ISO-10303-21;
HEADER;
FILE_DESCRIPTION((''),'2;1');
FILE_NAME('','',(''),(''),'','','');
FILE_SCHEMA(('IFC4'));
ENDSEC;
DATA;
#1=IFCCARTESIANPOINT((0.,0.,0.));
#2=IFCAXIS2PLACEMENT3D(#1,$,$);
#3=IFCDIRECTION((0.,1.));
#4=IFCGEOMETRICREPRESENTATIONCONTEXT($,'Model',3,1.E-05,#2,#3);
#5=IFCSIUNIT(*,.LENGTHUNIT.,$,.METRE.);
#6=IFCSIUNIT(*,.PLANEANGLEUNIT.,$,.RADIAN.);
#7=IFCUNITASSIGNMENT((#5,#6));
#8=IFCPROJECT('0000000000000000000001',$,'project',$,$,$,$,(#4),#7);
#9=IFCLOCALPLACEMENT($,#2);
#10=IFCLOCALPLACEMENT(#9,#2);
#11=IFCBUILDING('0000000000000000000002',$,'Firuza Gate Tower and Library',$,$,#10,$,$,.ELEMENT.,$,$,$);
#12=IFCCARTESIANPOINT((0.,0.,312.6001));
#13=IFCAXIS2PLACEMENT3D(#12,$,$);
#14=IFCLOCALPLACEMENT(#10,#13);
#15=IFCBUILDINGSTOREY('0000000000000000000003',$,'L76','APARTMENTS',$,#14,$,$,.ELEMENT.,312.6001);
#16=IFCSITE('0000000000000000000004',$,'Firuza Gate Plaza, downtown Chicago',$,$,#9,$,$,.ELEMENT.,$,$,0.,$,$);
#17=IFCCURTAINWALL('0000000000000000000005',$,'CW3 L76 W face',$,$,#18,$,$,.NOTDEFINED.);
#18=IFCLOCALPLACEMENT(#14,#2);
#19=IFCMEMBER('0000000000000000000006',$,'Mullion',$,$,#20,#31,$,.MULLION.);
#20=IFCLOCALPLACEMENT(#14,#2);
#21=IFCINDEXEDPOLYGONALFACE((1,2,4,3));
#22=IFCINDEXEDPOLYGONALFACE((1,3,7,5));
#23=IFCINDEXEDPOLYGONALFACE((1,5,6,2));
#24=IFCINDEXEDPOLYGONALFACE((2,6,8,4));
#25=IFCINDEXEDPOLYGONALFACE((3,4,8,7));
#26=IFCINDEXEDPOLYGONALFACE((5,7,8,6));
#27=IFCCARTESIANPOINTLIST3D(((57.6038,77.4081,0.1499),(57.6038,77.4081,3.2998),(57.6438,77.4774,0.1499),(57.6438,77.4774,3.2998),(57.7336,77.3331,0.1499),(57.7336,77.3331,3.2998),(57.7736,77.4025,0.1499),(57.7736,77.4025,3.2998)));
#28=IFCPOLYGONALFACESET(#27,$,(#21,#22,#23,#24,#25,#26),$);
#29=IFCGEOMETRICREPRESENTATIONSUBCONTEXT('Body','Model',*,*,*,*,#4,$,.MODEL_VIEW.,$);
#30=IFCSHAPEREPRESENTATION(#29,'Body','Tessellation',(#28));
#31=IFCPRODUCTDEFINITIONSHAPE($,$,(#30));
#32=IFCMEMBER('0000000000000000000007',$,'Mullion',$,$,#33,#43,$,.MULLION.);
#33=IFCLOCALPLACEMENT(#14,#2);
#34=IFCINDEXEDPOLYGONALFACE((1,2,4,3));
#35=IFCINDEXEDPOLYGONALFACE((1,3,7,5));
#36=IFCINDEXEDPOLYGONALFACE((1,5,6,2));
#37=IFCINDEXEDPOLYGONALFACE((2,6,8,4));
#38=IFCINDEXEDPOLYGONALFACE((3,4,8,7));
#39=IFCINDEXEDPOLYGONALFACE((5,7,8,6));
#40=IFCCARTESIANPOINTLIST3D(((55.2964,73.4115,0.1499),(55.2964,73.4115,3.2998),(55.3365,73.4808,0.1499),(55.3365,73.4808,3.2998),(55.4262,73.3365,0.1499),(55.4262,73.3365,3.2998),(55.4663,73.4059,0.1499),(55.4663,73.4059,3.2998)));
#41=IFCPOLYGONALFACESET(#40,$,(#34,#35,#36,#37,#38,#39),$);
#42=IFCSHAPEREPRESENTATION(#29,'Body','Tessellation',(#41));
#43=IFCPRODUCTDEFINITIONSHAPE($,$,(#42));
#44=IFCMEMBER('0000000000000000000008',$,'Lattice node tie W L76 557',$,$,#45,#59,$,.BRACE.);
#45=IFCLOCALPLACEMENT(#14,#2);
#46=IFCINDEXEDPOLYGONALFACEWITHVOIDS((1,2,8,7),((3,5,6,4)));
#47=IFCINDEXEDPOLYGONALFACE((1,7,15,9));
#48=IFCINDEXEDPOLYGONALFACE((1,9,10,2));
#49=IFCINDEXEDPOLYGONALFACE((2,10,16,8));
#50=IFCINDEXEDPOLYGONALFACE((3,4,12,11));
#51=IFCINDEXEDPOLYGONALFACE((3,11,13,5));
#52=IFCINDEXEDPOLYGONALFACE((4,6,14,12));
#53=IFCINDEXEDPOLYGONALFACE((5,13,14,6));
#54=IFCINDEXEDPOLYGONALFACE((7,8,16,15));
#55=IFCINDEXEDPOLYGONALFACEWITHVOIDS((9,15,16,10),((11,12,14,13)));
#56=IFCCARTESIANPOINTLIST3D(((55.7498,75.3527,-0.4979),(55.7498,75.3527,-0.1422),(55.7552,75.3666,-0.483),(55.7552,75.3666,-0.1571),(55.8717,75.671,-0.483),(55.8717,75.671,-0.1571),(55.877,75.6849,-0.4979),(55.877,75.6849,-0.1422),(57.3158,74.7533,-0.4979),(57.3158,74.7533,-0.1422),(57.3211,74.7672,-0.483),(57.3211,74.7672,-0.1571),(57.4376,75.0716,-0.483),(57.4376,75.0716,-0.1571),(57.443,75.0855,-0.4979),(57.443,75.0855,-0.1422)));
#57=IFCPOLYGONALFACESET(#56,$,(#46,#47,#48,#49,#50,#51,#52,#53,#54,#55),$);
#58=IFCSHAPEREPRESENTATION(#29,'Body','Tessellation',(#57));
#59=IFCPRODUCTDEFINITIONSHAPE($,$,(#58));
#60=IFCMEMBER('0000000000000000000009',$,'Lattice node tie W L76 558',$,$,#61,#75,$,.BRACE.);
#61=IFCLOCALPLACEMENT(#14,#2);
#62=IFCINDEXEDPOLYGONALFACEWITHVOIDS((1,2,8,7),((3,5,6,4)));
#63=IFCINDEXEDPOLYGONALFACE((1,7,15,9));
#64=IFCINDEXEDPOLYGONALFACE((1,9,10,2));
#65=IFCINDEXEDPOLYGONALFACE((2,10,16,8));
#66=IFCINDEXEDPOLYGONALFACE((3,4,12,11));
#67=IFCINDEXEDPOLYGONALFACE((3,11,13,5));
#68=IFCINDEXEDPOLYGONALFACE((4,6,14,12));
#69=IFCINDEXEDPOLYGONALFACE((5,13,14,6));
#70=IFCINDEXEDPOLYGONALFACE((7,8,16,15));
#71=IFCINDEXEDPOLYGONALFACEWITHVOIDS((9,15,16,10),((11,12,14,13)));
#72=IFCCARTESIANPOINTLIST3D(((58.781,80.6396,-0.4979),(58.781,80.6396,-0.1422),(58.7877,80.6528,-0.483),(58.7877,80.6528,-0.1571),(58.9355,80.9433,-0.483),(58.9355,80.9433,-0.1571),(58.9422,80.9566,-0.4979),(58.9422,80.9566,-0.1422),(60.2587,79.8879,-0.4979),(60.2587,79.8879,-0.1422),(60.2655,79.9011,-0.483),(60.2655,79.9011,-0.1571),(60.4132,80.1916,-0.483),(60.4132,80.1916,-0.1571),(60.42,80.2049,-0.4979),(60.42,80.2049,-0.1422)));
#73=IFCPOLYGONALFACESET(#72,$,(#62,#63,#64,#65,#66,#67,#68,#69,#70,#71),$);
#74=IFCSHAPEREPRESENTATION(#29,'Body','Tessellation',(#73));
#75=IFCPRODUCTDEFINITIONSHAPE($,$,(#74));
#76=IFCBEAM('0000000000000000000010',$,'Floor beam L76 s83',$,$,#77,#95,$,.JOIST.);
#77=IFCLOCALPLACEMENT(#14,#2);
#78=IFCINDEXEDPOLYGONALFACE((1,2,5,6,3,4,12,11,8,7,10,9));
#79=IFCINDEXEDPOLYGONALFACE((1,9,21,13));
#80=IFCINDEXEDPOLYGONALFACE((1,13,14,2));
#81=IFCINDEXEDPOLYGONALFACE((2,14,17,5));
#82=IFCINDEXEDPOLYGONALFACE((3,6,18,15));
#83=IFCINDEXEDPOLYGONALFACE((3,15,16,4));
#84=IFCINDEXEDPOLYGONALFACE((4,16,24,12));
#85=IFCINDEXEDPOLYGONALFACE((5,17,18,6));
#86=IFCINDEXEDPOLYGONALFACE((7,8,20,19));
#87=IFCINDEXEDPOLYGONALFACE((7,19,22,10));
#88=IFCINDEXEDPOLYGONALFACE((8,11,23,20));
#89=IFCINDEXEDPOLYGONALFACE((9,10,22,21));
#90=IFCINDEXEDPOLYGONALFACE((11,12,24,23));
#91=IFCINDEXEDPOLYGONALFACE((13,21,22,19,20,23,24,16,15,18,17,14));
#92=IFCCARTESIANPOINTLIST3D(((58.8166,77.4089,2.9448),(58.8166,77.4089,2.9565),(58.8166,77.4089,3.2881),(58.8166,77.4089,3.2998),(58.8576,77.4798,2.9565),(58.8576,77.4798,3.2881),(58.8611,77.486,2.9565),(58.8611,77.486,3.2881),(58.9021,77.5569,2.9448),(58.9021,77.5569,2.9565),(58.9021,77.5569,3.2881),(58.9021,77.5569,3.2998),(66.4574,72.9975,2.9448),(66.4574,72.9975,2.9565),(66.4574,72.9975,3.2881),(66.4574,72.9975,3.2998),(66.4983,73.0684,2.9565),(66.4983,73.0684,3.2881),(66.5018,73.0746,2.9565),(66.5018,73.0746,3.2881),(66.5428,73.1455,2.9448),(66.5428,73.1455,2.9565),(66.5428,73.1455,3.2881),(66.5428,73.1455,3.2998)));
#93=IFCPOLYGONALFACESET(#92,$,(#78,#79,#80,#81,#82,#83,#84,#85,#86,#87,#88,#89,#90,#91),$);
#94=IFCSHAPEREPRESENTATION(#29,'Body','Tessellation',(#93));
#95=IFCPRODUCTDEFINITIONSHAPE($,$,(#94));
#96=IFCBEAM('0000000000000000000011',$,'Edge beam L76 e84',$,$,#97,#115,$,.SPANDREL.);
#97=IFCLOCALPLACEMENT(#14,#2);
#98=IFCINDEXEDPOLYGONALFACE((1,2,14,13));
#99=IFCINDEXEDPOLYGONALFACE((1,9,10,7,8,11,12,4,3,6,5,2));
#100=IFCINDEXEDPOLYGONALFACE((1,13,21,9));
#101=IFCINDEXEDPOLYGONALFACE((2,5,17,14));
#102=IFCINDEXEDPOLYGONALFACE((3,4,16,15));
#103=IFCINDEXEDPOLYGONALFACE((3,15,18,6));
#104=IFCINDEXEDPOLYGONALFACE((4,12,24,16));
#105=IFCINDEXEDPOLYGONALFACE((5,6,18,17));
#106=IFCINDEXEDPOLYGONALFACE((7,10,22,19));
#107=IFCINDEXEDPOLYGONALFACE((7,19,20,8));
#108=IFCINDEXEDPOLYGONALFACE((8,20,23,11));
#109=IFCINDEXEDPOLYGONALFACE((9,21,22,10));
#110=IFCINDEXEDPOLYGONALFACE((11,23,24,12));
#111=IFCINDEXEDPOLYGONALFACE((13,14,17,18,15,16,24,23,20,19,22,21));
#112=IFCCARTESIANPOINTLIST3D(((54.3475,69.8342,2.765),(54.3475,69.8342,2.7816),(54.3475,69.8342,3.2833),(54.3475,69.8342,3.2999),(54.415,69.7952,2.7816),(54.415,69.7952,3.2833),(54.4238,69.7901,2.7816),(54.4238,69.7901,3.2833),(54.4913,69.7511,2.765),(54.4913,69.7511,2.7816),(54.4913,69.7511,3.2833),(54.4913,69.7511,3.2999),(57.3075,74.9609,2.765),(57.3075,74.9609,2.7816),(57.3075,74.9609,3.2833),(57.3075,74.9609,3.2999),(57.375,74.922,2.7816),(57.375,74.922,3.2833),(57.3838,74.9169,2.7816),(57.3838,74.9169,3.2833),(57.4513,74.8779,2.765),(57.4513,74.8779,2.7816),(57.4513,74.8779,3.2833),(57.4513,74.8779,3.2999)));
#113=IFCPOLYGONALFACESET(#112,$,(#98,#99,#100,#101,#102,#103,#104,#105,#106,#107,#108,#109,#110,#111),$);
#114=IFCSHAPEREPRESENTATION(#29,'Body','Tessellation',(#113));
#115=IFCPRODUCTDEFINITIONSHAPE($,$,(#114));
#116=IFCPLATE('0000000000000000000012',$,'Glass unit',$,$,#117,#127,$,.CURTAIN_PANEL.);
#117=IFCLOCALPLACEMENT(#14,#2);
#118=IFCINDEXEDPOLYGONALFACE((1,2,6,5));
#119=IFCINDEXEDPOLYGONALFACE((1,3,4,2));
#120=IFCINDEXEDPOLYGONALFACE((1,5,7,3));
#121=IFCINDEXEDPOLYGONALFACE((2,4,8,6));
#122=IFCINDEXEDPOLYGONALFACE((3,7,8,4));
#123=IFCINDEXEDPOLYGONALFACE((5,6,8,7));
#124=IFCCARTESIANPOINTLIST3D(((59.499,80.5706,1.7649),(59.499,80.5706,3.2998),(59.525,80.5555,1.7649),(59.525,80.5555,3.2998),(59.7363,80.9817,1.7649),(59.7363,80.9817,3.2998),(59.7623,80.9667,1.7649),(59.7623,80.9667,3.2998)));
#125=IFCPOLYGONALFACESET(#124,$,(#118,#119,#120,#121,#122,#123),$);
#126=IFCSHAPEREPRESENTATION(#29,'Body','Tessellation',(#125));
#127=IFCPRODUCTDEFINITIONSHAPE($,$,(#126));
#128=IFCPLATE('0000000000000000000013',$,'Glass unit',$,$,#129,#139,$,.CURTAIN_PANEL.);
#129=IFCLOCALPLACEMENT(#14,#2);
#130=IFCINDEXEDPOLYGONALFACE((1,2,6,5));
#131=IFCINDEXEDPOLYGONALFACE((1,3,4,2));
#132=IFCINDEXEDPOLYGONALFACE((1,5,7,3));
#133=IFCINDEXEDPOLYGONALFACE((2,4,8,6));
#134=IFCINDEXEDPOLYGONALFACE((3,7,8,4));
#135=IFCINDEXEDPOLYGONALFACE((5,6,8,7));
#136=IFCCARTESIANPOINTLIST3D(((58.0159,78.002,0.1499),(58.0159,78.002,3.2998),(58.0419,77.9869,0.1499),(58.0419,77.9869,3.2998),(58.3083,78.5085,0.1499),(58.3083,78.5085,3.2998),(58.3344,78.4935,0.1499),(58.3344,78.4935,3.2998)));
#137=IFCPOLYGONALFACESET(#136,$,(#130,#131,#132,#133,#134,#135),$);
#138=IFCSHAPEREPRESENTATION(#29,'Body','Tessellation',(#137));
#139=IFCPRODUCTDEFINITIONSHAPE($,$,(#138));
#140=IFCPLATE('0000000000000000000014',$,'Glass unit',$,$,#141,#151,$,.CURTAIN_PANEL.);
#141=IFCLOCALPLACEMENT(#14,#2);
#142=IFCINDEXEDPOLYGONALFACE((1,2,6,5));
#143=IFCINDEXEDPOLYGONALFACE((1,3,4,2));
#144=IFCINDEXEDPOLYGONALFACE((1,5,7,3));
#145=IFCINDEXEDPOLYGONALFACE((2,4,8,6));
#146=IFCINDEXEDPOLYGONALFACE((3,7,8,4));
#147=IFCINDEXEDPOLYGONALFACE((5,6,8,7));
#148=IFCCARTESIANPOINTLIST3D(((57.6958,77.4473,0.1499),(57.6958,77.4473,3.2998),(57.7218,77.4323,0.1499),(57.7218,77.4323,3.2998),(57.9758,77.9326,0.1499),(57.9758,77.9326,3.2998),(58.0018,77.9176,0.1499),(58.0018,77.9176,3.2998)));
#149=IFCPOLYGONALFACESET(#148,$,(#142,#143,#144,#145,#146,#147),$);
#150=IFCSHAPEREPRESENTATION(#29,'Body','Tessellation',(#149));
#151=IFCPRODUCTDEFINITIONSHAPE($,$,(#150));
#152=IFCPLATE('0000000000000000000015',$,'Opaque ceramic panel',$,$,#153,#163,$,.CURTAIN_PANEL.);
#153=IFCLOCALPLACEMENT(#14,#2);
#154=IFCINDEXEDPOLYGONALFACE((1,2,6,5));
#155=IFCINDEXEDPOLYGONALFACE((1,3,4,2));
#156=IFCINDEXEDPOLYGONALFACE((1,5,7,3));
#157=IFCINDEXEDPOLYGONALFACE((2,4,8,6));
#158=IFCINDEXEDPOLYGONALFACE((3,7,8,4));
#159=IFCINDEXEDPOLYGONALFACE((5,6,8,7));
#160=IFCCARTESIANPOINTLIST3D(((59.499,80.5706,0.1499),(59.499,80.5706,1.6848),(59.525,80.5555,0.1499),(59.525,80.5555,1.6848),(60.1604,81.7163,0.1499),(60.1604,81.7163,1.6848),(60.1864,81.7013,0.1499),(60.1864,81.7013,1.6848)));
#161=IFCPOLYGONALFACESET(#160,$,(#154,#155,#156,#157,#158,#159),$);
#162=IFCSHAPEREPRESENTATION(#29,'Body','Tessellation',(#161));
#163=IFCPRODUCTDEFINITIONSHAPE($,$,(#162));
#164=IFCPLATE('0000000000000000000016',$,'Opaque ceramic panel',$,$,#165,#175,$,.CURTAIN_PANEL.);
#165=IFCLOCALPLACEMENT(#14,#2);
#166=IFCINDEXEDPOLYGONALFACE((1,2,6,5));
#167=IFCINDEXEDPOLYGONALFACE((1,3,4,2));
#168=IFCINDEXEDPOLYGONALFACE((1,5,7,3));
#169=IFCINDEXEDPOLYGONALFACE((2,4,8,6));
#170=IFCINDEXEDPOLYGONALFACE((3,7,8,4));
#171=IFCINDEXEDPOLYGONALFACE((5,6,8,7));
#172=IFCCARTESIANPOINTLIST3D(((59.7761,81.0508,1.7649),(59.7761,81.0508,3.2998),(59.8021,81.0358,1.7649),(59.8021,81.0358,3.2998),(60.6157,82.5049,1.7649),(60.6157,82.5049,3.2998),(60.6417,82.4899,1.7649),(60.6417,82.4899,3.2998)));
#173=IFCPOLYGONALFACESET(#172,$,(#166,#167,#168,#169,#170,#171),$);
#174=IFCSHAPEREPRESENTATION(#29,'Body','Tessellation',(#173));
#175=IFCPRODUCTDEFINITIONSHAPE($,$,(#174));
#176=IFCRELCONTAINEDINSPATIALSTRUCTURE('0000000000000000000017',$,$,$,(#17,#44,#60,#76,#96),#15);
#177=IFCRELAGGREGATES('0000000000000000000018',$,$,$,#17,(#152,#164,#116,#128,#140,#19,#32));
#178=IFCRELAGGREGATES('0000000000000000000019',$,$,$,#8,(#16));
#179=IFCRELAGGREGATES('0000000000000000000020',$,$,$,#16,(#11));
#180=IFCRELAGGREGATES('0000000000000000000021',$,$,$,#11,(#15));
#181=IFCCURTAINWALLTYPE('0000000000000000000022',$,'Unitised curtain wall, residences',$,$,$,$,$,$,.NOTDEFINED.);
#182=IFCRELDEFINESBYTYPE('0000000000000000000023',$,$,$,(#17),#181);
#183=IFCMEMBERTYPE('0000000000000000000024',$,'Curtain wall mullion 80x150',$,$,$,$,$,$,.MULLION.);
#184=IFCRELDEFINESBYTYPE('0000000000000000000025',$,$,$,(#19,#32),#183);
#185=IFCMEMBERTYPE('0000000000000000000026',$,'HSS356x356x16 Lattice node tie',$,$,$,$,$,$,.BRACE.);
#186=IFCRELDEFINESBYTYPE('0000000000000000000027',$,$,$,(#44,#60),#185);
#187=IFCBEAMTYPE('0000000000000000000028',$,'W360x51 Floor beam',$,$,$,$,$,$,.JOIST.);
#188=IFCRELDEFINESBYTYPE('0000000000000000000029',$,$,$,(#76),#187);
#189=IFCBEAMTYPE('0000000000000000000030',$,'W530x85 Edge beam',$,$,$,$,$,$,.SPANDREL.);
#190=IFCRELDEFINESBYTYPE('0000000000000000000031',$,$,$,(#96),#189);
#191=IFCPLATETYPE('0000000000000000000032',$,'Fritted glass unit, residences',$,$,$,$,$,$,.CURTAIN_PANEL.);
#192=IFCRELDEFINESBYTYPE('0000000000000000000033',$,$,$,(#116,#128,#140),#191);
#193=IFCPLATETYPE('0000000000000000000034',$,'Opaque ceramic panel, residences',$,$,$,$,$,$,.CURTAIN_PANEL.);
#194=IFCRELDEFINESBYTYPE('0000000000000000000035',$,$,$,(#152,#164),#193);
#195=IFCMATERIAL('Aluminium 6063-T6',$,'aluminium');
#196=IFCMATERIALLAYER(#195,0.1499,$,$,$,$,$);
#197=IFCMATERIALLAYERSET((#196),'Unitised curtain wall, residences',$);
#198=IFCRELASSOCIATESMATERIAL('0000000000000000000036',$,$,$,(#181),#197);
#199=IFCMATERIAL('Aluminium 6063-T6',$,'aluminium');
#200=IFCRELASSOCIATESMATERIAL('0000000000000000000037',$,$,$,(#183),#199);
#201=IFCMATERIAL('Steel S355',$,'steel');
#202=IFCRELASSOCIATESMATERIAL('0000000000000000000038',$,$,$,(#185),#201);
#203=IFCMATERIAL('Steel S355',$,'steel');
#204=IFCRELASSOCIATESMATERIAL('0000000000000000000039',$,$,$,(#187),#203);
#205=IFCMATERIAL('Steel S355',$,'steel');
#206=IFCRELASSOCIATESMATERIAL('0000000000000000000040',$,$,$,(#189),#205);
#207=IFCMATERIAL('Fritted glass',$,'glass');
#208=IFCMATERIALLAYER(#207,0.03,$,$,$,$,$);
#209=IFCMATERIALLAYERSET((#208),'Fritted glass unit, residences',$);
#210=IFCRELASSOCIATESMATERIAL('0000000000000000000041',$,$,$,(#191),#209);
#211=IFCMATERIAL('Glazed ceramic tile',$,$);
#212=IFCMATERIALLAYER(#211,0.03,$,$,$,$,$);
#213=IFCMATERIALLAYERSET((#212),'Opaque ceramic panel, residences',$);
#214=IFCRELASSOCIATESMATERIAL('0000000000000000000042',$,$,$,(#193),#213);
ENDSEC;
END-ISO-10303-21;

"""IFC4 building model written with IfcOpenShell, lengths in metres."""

from ifc_helpers import new_model, si_unit, direction, frame, origin, origin_2d, place, context, subcontext, project, spatial, polyline, rectangle, hollow_rectangle, i_section, outline, extrude, material, layer, layer_set, material_profile, profile_set, type_object, element, aggregate, save


model = new_model("IFC4")

# Units and contexts
model_context = context("Model", 3, precision=1e-05, world=origin(), true_north=direction((0.0, 1.0)))
body_context = subcontext(model_context, "Body", "Model", "MODEL_VIEW")
ifc_project = project(units=[si_unit("LENGTHUNIT", "METRE"), si_unit("PLANEANGLEUNIT", "RADIAN")], contexts=[model_context])

# Site, building, storey
site_placement = place(None, origin())
site = spatial("IfcSite", under=ifc_project, at=site_placement, Name="Firuza Gate Plaza, downtown Chicago", CompositionType="ELEMENT", RefElevation=0.0)
building_placement = place(site_placement, origin())
building = spatial("IfcBuilding", under=site, at=building_placement, Name="Firuza Gate Tower and Library", CompositionType="ELEMENT")
storey_placement = place(building_placement, frame((0.0, 0.0, 312.6001)))
storey = spatial("IfcBuildingStorey", under=building, at=storey_placement, Name="L76", Description="APARTMENTS", CompositionType="ELEMENT", Elevation=312.6001)

# Curtain wall, members
ifc_material_1 = material(Name="Aluminium 6063-T6", Category="aluminium")
ifc_layer_1 = layer(ifc_material_1, 0.1499)
ifc_layer_set_1 = layer_set([ifc_layer_1], Name="Unitised curtain wall, residences")
curtain_wall_type = type_object("IfcCurtainWallType", Name="Unitised curtain wall, residences", PredefinedType="NOTDEFINED", material=ifc_layer_set_1)
curtain_wall_placement = place(storey_placement, origin())
curtain_wall = element("IfcCurtainWall", 1, at=curtain_wall_placement, inside=storey, type_object=curtain_wall_type, Name="CW3 L76 W face", PredefinedType="NOTDEFINED")
ifc_material_2 = material(Name="Aluminium 6063-T6", Category="aluminium")
ifc_material_profile_1 = material_profile(ifc_material_2, rectangle(XDim=0.1499, YDim=0.0801, at=origin_2d()))
ifc_profile_set_1 = profile_set([ifc_material_profile_1], Name="Aluminium 6063-T6")
member_type_1 = type_object("IfcMemberType", Name="Curtain wall mullion 80x150", PredefinedType="MULLION", material=ifc_profile_set_1)
member_1_placement = place(storey_placement, frame((57.6887, 77.4053, 0.1499), z_axis=(0.0, 0.0, 1.0), x_axis=(0.866025, -0.5, 0.0)))
member_1 = element("IfcMember", 2, at=member_1_placement, type_object=member_type_1, Name="Mullion", PredefinedType="MULLION", context=body_context, shape_type="SweptSolid", body=[
    extrude(rectangle(XDim=0.1499, YDim=0.0801, at=origin_2d()), origin(), (0.0, 0.0, 1.0), 3.1499),
])
member_2_placement = place(storey_placement, frame((55.3813, 73.4087, 0.1499), z_axis=(0.0, 0.0, 1.0), x_axis=(0.866025, -0.5, 0.0)))
member_2 = element("IfcMember", 3, at=member_2_placement, type_object=member_type_1, Name="Mullion", PredefinedType="MULLION", context=body_context, shape_type="SweptSolid", body=[
    extrude(rectangle(XDim=0.1499, YDim=0.0801, at=origin_2d()), origin(), (0.0, 0.0, 1.0), 3.1499),
])

# Members
ifc_material_3 = material(Name="Steel S355", Category="steel")
ifc_material_profile_2 = material_profile(ifc_material_3, hollow_rectangle(XDim=0.3557, YDim=0.3557, WallThickness=0.0149, at=origin_2d()))
ifc_profile_set_2 = profile_set([ifc_material_profile_2], Name="Steel S355")
member_type_2 = type_object("IfcMemberType", Name="HSS356x356x16 Lattice node tie", PredefinedType="BRACE", material=ifc_profile_set_2)
member_3_placement = place(storey_placement, frame((57.3794, 74.9194, -0.3201), z_axis=(-0.933926, 0.357466, 0.0), x_axis=(-0.357466, -0.933926, 0.0)))
element("IfcMember", 4, at=member_3_placement, inside=storey, type_object=member_type_2, Name="Lattice node tie W L76 557", PredefinedType="BRACE", context=body_context, shape_type="SweptSolid", body=[
    extrude(hollow_rectangle(XDim=0.3557, YDim=0.3557, WallThickness=0.0149, at=origin_2d()), origin(), (0.0, 0.0, 1.0), 1.6768),
])
member_4_placement = place(storey_placement, frame((60.3394, 80.0464, -0.3201), z_axis=(-0.891314, 0.453387, 0.0), x_axis=(-0.453387, -0.891314, 0.0)))
element("IfcMember", 5, at=member_4_placement, inside=storey, type_object=member_type_2, Name="Lattice node tie W L76 558", PredefinedType="BRACE", context=body_context, shape_type="SweptSolid", body=[
    extrude(hollow_rectangle(XDim=0.3557, YDim=0.3557, WallThickness=0.0149, at=origin_2d()), origin(), (0.0, 0.0, 1.0), 1.658),
])

# Beams
ifc_material_4 = material(Name="Steel S355", Category="steel")
ifc_material_profile_3 = material_profile(ifc_material_4, i_section(OverallWidth=0.1709, OverallDepth=0.355, WebThickness=0.0071, FlangeThickness=0.0117, at=origin_2d()))
ifc_profile_set_3 = profile_set([ifc_material_profile_3], Name="Steel S355")
beam_type_1 = type_object("IfcBeamType", Name="W360x51 Floor beam", PredefinedType="JOIST", material=ifc_profile_set_3)
beam_1_placement = place(storey_placement, frame((58.8594, 77.4829, 3.1223), z_axis=(0.866022, -0.500005, 0.0), x_axis=(0.500005, 0.866022, 0.0)))
element("IfcBeam", 6, at=beam_1_placement, inside=storey, type_object=beam_type_1, Name="Floor beam L76 s83", PredefinedType="JOIST", context=body_context, shape_type="SweptSolid", body=[
    extrude(i_section(OverallWidth=0.1709, OverallDepth=0.355, WebThickness=0.0071, FlangeThickness=0.0117, at=origin_2d()), origin(), (0.0, 0.0, 1.0), 8.8228),
])
ifc_material_5 = material(Name="Steel S355", Category="steel")
ifc_material_profile_4 = material_profile(ifc_material_5, i_section(OverallWidth=0.166, OverallDepth=0.5349, WebThickness=0.0103, FlangeThickness=0.0166, at=origin_2d()))
ifc_profile_set_4 = profile_set([ifc_material_profile_4], Name="Steel S355")
beam_type_2 = type_object("IfcBeamType", Name="W530x85 Edge beam", PredefinedType="SPANDREL", material=ifc_profile_set_4)
beam_2_placement = place(storey_placement, frame((57.3794, 74.9194, 3.0325), z_axis=(-0.500007, -0.866021, 0.0), x_axis=(0.866021, -0.500007, 0.0)))
element("IfcBeam", 7, at=beam_2_placement, inside=storey, type_object=beam_type_2, Name="Edge beam L76 e84", PredefinedType="SPANDREL", context=body_context, shape_type="SweptSolid", body=[
    extrude(i_section(OverallWidth=0.166, OverallDepth=0.5349, WebThickness=0.0103, FlangeThickness=0.0166, at=origin_2d()), origin(), (0.0, 0.0, 1.0), 5.9199),
])

# Plates
ifc_material_6 = material(Name="Fritted glass", Category="glass")
ifc_layer_2 = layer(ifc_material_6, 0.03)
ifc_layer_set_2 = layer_set([ifc_layer_2], Name="Fritted glass unit, residences")
plate_type_1 = type_object("IfcPlateType", Name="Fritted glass unit, residences", PredefinedType="CURTAIN_PANEL", material=ifc_layer_set_2)
plate_1_placement = place(storey_placement, frame((59.7363, 80.9817, 1.7649), z_axis=(-0.866083, 0.499901, 0.0), x_axis=(-0.499901, -0.866083, 0.0)))
plate_1 = element("IfcPlate", 8, at=plate_1_placement, type_object=plate_type_1, Name="Glass unit", PredefinedType="CURTAIN_PANEL", context=body_context, shape_type="SweptSolid", body=[
    extrude(outline(polyline([(0.0, 0.0), (0.4747, 0.0), (0.4747, 1.5349), (0.0, 1.5349), (0.0, 0.0)])), origin(), (0.0, 0.0, -1.0), 0.03),
])
plate_2_placement = place(storey_placement, frame((58.3083, 78.5085, 0.1499), z_axis=(-0.866026, 0.499999, 0.0), x_axis=(-0.499999, -0.866026, 0.0)))
plate_2 = element("IfcPlate", 9, at=plate_2_placement, type_object=plate_type_1, Name="Glass unit", PredefinedType="CURTAIN_PANEL", context=body_context, shape_type="SweptSolid", body=[
    extrude(outline(polyline([(0.0, 0.0), (0.585, 0.0), (0.585, 3.1499), (0.0, 3.1499), (0.0, 0.0)])), origin(), (0.0, 0.0, -1.0), 0.03),
])
plate_3_placement = place(storey_placement, frame((57.9758, 77.9326, 0.1499), z_axis=(-0.866171, 0.499748, 0.0), x_axis=(-0.499748, -0.866171, 0.0)))
plate_3 = element("IfcPlate", 10, at=plate_3_placement, type_object=plate_type_1, Name="Glass unit", PredefinedType="CURTAIN_PANEL", context=body_context, shape_type="SweptSolid", body=[
    extrude(outline(polyline([(0.0, 0.0), (0.5603, 0.0), (0.5603, 3.1499), (0.0, 3.1499), (0.0, 0.0)])), origin(), (0.0, 0.0, -1.0), 0.03),
])
ifc_material_7 = material(Name="Glazed ceramic tile")
ifc_layer_3 = layer(ifc_material_7, 0.03)
ifc_layer_set_3 = layer_set([ifc_layer_3], Name="Opaque ceramic panel, residences")
plate_type_2 = type_object("IfcPlateType", Name="Opaque ceramic panel, residences", PredefinedType="CURTAIN_PANEL", material=ifc_layer_set_3)
plate_4_placement = place(storey_placement, frame((60.1604, 81.7163, 0.1499), z_axis=(-0.866066, 0.49993, 0.0), x_axis=(-0.49993, -0.866066, 0.0)))
plate_4 = element("IfcPlate", 11, at=plate_4_placement, type_object=plate_type_2, Name="Opaque ceramic panel", PredefinedType="CURTAIN_PANEL", context=body_context, shape_type="SweptSolid", body=[
    extrude(outline(polyline([(0.0, 0.0), (1.3229, 0.0), (1.3229, 1.5349), (0.0, 1.5349), (0.0, 0.0)])), origin(), (0.0, 0.0, -1.0), 0.03),
])
plate_5_placement = place(storey_placement, frame((60.6157, 82.5049, 1.7649), z_axis=(-0.866006, 0.500033, 0.0), x_axis=(-0.500033, -0.866006, 0.0)))
plate_5 = element("IfcPlate", 12, at=plate_5_placement, type_object=plate_type_2, Name="Opaque ceramic panel", PredefinedType="CURTAIN_PANEL", context=body_context, shape_type="SweptSolid", body=[
    extrude(outline(polyline([(0.0, 0.0), (1.6791, 0.0), (1.6791, 1.5349), (0.0, 1.5349), (0.0, 0.0)])), origin(), (0.0, 0.0, -1.0), 0.03),
])
aggregate(curtain_wall, [plate_4, plate_5, plate_1, plate_2, plate_3, member_1, member_2])

save(model, "model.ifc")
